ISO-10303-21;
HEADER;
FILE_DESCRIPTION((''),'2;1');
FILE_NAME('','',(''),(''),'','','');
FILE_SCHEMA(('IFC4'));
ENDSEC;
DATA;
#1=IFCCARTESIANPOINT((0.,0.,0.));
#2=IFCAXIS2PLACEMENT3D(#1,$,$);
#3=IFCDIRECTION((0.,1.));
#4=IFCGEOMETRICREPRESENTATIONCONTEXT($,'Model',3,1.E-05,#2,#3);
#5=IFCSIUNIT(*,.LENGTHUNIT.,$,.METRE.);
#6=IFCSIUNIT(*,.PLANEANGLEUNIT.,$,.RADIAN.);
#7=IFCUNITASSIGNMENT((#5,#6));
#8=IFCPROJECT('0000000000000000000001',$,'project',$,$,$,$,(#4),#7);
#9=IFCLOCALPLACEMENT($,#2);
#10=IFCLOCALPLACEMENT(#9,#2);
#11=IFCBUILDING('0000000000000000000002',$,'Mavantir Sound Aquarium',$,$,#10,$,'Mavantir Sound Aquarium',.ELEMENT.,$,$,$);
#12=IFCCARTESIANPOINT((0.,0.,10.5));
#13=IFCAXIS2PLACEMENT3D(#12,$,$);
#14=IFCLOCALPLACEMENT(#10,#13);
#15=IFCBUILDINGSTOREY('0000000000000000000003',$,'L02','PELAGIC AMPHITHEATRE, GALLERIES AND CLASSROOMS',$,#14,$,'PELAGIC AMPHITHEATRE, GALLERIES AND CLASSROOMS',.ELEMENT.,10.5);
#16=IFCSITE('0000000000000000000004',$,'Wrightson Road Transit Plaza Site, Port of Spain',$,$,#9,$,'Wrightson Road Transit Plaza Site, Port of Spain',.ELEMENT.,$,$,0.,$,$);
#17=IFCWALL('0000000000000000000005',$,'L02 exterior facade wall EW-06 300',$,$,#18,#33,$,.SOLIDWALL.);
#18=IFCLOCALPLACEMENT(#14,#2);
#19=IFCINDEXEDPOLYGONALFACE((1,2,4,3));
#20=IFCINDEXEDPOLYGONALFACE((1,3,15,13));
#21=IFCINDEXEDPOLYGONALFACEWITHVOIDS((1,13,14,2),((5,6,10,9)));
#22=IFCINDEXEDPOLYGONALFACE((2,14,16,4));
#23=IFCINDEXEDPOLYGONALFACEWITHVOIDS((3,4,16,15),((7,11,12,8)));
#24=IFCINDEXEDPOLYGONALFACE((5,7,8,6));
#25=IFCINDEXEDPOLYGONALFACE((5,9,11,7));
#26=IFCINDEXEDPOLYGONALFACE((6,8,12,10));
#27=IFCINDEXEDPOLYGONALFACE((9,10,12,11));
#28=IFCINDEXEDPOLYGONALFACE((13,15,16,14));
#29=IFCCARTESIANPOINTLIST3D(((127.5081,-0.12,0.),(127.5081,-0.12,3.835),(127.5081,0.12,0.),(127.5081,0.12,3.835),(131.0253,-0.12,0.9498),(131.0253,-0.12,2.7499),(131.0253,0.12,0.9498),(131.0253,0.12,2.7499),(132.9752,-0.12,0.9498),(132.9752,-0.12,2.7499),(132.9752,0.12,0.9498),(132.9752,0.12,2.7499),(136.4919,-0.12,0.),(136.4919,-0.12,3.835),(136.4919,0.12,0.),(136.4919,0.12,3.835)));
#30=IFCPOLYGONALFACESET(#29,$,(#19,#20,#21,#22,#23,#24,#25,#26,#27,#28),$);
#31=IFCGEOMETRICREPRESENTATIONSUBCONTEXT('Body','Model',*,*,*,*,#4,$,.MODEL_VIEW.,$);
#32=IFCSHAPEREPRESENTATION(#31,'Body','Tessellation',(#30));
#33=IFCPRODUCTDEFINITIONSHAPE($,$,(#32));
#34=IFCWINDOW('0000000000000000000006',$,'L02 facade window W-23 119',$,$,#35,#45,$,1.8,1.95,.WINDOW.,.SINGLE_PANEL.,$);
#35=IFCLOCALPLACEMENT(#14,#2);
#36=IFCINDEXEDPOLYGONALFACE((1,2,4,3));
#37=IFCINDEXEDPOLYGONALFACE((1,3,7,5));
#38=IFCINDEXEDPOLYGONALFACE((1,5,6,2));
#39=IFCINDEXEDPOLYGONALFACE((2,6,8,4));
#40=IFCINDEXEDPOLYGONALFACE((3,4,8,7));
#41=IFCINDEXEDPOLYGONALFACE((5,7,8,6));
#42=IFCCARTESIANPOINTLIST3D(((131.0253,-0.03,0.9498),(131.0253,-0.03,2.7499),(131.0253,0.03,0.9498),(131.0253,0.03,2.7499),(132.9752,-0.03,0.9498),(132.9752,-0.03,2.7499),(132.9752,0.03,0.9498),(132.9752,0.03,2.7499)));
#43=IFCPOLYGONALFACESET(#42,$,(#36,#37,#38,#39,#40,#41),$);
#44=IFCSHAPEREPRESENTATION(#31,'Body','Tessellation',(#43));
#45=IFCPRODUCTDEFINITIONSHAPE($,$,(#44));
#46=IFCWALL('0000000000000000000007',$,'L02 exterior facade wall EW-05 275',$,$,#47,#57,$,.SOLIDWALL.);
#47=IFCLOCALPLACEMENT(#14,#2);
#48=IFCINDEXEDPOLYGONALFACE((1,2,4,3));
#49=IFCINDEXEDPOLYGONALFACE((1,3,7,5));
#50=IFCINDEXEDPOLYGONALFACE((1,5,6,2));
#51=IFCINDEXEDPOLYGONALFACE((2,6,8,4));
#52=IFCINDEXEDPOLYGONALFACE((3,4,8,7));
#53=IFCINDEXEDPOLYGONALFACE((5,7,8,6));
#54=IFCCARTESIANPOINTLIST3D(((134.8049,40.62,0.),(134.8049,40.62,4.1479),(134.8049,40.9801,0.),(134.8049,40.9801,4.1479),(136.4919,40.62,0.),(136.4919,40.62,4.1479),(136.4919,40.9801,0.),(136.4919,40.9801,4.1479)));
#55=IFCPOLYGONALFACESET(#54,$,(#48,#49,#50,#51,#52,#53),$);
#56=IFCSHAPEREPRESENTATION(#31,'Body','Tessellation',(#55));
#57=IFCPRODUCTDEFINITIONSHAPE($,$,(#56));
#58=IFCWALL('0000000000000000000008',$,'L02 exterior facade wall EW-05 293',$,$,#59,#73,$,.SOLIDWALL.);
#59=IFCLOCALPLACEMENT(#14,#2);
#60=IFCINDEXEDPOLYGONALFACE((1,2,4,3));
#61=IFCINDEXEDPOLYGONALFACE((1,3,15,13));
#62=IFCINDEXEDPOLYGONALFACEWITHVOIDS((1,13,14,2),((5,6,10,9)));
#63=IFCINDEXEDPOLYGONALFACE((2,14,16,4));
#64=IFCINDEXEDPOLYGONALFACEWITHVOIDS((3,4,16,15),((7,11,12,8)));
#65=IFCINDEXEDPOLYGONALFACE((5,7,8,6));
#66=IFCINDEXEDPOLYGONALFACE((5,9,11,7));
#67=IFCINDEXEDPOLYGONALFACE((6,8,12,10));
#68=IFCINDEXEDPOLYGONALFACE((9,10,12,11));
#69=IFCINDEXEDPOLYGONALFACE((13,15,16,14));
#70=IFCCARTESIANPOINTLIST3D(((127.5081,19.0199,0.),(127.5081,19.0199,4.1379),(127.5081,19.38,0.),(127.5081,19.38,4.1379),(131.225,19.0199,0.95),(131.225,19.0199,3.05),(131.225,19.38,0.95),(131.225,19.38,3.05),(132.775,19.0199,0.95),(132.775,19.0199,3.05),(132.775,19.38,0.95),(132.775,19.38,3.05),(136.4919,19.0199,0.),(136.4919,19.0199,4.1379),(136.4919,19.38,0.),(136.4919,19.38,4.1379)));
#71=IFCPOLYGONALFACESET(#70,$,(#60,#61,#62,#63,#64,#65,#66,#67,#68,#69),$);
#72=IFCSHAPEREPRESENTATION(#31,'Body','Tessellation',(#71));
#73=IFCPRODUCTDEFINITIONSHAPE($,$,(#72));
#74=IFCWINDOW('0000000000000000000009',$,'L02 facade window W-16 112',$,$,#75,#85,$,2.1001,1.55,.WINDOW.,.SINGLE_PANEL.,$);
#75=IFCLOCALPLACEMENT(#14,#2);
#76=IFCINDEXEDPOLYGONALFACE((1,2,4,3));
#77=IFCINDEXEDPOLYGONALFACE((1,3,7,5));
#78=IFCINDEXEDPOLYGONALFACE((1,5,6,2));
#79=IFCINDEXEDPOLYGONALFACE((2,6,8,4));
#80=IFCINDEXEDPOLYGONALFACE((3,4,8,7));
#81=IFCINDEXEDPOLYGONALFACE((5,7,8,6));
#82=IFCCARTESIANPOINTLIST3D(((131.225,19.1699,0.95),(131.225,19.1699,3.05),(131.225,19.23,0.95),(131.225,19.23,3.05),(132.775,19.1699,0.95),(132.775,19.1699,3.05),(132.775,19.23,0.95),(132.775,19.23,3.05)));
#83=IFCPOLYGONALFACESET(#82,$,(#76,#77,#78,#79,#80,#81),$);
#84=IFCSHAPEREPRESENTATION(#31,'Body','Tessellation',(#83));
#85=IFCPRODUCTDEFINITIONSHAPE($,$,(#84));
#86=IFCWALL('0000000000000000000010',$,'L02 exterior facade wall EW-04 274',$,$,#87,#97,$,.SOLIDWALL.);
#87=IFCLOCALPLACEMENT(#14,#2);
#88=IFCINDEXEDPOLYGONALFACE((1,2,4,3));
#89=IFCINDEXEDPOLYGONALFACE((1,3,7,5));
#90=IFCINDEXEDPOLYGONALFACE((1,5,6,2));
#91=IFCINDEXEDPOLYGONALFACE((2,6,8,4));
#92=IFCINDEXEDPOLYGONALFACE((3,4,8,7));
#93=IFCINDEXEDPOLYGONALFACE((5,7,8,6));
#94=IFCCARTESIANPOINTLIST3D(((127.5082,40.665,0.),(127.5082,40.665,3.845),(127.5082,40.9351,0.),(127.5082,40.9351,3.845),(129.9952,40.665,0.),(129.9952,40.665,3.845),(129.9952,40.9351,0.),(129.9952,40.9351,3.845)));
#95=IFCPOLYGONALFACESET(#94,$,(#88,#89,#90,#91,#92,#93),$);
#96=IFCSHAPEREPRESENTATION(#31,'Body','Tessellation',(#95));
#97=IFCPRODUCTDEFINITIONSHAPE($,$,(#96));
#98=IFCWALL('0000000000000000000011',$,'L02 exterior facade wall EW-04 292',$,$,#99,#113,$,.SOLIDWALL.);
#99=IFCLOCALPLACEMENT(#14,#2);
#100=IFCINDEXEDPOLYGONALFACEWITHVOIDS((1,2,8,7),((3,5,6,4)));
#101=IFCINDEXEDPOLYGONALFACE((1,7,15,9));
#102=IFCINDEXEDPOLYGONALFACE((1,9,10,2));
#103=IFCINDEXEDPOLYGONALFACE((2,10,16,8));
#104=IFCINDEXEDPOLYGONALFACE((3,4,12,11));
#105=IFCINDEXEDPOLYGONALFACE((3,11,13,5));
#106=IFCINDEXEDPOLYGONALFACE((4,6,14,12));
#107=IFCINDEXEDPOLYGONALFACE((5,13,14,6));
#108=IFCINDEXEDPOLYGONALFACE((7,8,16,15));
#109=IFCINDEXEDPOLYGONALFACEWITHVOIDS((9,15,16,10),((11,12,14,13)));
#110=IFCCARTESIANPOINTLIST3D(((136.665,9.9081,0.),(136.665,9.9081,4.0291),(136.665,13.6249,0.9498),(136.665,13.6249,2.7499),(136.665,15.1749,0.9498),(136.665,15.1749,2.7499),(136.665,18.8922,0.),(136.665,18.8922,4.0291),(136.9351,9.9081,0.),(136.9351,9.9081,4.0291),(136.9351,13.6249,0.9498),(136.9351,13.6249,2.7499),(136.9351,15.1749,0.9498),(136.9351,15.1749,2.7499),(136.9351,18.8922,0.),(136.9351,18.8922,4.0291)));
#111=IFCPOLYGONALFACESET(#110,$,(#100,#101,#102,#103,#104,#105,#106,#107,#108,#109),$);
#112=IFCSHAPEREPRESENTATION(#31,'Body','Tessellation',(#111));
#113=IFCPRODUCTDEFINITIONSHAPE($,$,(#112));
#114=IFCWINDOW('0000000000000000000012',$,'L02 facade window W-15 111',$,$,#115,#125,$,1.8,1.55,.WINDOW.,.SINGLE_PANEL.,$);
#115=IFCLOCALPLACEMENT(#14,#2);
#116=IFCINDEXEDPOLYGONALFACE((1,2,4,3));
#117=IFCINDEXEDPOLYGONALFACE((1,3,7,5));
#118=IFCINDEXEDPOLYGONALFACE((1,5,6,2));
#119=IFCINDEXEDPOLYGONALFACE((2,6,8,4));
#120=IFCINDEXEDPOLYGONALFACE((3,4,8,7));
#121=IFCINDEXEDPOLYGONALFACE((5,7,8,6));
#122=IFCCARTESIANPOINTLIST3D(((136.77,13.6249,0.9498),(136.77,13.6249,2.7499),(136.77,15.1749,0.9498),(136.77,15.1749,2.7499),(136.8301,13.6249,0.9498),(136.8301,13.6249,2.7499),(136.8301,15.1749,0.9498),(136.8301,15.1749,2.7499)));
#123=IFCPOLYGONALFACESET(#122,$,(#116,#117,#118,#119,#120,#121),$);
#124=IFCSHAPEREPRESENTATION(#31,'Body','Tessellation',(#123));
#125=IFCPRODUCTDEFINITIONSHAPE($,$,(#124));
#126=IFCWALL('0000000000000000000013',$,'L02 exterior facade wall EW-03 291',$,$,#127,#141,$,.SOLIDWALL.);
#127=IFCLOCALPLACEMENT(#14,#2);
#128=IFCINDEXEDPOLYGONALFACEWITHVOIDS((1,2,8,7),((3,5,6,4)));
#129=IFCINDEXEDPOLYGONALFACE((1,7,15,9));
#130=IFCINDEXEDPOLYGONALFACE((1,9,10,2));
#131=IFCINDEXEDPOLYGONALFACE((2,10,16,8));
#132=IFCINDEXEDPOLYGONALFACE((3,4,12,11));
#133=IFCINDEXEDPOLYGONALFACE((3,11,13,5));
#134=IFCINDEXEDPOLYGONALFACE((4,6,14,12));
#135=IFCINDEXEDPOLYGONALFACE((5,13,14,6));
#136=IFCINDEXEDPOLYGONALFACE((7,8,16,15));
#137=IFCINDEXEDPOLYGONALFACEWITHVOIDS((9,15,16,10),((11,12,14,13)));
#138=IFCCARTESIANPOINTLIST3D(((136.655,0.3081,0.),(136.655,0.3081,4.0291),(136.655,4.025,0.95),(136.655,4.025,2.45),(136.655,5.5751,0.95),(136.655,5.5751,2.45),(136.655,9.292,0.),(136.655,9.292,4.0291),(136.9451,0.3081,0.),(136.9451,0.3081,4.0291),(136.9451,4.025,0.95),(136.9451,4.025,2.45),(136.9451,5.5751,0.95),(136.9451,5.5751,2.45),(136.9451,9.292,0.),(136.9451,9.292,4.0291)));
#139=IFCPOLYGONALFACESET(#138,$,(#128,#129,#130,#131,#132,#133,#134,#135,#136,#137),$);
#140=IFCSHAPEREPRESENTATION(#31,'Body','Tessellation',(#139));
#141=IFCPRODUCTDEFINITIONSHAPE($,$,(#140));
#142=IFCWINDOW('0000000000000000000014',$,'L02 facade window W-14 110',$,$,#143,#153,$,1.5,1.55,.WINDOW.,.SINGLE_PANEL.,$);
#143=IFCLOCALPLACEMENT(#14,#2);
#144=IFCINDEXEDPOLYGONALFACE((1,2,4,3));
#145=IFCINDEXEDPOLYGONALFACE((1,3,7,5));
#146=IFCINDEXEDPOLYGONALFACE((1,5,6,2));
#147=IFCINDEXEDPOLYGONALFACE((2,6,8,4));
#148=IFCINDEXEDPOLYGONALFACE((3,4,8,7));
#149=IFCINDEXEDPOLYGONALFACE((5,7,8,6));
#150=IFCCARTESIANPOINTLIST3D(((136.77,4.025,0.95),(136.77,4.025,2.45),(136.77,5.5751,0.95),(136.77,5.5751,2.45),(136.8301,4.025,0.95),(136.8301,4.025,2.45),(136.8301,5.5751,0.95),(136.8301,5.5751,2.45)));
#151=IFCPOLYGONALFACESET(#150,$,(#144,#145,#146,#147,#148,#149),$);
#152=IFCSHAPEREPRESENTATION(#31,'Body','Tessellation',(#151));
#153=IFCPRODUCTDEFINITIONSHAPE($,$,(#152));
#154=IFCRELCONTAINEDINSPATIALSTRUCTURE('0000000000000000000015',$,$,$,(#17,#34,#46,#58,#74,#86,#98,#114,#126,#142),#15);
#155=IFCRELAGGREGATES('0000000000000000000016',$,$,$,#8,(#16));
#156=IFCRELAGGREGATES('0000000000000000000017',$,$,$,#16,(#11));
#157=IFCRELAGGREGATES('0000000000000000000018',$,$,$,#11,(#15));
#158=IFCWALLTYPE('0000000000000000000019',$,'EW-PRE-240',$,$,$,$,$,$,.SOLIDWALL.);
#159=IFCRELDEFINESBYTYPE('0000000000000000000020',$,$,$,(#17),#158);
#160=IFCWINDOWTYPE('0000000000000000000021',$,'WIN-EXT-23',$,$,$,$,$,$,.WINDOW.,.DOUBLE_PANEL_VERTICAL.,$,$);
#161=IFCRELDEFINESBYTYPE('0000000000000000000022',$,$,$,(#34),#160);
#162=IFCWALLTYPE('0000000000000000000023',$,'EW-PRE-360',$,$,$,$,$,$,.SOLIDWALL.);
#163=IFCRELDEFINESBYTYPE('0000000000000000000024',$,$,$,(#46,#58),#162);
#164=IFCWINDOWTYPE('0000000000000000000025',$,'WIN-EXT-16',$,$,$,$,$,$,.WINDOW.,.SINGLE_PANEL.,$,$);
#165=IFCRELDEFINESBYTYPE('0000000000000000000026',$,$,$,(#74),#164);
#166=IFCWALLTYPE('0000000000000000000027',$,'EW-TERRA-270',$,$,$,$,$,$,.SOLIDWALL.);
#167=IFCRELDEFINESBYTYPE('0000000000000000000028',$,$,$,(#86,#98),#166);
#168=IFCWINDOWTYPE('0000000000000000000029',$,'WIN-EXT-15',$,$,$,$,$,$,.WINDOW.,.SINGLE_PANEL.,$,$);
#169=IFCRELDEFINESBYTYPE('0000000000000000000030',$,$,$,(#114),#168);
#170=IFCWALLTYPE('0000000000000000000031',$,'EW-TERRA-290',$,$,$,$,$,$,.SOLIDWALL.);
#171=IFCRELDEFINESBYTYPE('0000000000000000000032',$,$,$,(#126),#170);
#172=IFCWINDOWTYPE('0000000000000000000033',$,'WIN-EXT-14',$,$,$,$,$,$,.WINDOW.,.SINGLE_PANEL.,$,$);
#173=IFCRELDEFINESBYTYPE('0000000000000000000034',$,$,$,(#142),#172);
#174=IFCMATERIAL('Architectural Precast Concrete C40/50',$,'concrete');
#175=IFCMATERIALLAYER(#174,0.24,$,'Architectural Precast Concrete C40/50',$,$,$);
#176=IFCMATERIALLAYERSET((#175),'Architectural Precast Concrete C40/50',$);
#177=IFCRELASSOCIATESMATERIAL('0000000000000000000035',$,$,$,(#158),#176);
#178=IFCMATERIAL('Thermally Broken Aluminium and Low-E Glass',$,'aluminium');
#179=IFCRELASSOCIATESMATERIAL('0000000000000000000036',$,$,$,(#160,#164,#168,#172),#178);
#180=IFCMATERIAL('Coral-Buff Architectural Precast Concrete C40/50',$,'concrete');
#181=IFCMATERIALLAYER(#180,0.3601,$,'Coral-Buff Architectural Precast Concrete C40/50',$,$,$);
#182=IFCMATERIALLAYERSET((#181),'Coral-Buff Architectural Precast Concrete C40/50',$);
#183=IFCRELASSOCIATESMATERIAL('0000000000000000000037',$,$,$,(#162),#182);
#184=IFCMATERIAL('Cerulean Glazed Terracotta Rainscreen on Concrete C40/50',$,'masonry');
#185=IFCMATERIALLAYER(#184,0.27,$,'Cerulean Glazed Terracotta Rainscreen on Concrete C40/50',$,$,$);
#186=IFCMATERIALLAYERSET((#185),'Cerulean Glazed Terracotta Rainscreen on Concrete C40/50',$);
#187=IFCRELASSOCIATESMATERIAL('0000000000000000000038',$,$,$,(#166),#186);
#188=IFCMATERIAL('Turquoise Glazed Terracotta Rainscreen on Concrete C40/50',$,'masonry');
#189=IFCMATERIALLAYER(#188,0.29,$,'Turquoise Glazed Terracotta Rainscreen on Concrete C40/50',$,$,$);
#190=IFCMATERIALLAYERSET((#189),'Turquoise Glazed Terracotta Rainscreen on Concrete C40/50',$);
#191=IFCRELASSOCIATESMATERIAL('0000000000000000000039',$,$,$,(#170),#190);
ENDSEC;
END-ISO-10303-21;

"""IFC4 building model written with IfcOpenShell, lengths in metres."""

from ifc_helpers import new_model, si_unit, direction, frame, frame_2d, origin, place, context, subcontext, project, spatial, rectangle, extrude, material, layer, layer_set, type_object, element, fill, save


model = new_model("IFC4")

# Units and contexts
model_context = context("Model", 3, precision=1e-05, world=origin(), true_north=direction((0.0, 1.0)))
body_context = subcontext(model_context, "Body", "Model", "MODEL_VIEW")
ifc_project = project(units=[si_unit("LENGTHUNIT", "METRE"), si_unit("PLANEANGLEUNIT", "RADIAN")], contexts=[model_context])

# Site, building, storey
site_placement = place(None, origin())
site = spatial("IfcSite", under=ifc_project, at=site_placement, Name="Wrightson Road Transit Plaza Site, Port of Spain", LongName="Wrightson Road Transit Plaza Site, Port of Spain", CompositionType="ELEMENT", RefElevation=0.0)
building_placement = place(site_placement, origin())
building = spatial("IfcBuilding", under=site, at=building_placement, Name="Mavantir Sound Aquarium", LongName="Mavantir Sound Aquarium", CompositionType="ELEMENT")
storey_placement = place(building_placement, frame((0.0, 0.0, 10.5)))
storey = spatial("IfcBuildingStorey", under=building, at=storey_placement, Name="L02", Description="PELAGIC AMPHITHEATRE, GALLERIES AND CLASSROOMS", LongName="PELAGIC AMPHITHEATRE, GALLERIES AND CLASSROOMS", CompositionType="ELEMENT", Elevation=10.5)

# Shared definitions
ifc_material_1 = material(Name="Coral-Buff Architectural Precast Concrete C40/50", Category="concrete")

# Wall, opening, window
ifc_material_2 = material(Name="Architectural Precast Concrete C40/50", Category="concrete")
ifc_layer_1 = layer(ifc_material_2, 0.24, Name="Architectural Precast Concrete C40/50")
ifc_layer_set_1 = layer_set([ifc_layer_1], Name="Architectural Precast Concrete C40/50")
wall_type_1 = type_object("IfcWallType", Name="EW-PRE-240", PredefinedType="SOLIDWALL", material=ifc_layer_set_1)
wall_1_placement = place(storey_placement, frame((127.5081, 0.0, 0.0), z_axis=(0.0, 0.0, 1.0), x_axis=(1.0, 0.0, 0.0)))
wall_1 = element("IfcWall", 1, at=wall_1_placement, inside=storey, type_object=wall_type_1, Name="L02 exterior facade wall EW-06 300", PredefinedType="SOLIDWALL", context=body_context, shape_type="SweptSolid", body=[
    extrude(rectangle(XDim=8.9839, YDim=0.24, at=frame_2d((4.4919, 0.0))), origin(), (0.0, 0.0, 1.0), 3.835),
])
opening_1_placement = place(wall_1_placement, frame((3.5171, 0.0, 0.95)))
opening_1 = element("IfcOpeningElement", 2, at=opening_1_placement, cuts=wall_1, PredefinedType="OPENING", context=body_context, shape_type="SweptSolid", body=[
    extrude(rectangle(XDim=1.95, YDim=1.8, at=frame_2d((0.9751, 0.8999))), frame((0.0, 0.1299, 0.0), z_axis=(0.0, -1.0, 0.0), x_axis=(1.0, 0.0, 0.0)), (0.0, 0.0, 1.0), 0.26),
])
ifc_material_3 = material(Name="Thermally Broken Aluminium and Low-E Glass", Category="aluminium")
window_type_1 = type_object("IfcWindowType", Name="WIN-EXT-23", PartitioningType="DOUBLE_PANEL_VERTICAL", PredefinedType="WINDOW", material=ifc_material_3)
window_1_placement = place(opening_1_placement, origin())
window_1 = element("IfcWindow", 3, at=window_1_placement, inside=storey, type_object=window_type_1, Name="L02 facade window W-23 119", OverallHeight=1.8, OverallWidth=1.95, PartitioningType="SINGLE_PANEL", PredefinedType="WINDOW", context=body_context, shape_type="SweptSolid", body=[
    extrude(rectangle(XDim=1.95, YDim=1.8, at=frame_2d((0.9751, 0.8999))), frame((0.0, 0.03, 0.0), z_axis=(0.0, -1.0, 0.0), x_axis=(1.0, 0.0, 0.0)), (0.0, 0.0, 1.0), 0.0601),
])
fill(opening_1, window_1)

# Wall
ifc_layer_2 = layer(ifc_material_1, 0.3601, Name="Coral-Buff Architectural Precast Concrete C40/50")
ifc_layer_set_2 = layer_set([ifc_layer_2], Name="Coral-Buff Architectural Precast Concrete C40/50")
wall_type_2 = type_object("IfcWallType", Name="EW-PRE-360", PredefinedType="SOLIDWALL", material=ifc_layer_set_2)
wall_2_placement = place(storey_placement, frame((134.8049, 40.8, 0.0), z_axis=(0.0, 0.0, 1.0), x_axis=(1.0, 0.0, 0.0)))
element("IfcWall", 4, at=wall_2_placement, inside=storey, type_object=wall_type_2, Name="L02 exterior facade wall EW-05 275", PredefinedType="SOLIDWALL", context=body_context, shape_type="SweptSolid", body=[
    extrude(rectangle(XDim=1.687, YDim=0.3601, at=frame_2d((0.8435, 0.0))), origin(), (0.0, 0.0, 1.0), 4.1479),
])

# Wall, opening, window
wall_3_placement = place(storey_placement, frame((136.4919, 19.2, 0.0), z_axis=(0.0, 0.0, 1.0), x_axis=(-1.0, 0.0, 0.0)))
wall_3 = element("IfcWall", 5, at=wall_3_placement, inside=storey, type_object=wall_type_2, Name="L02 exterior facade wall EW-05 293", PredefinedType="SOLIDWALL", context=body_context, shape_type="SweptSolid", body=[
    extrude(rectangle(XDim=8.9839, YDim=0.3601, at=frame_2d((4.4919, 0.0))), origin(), (0.0, 0.0, 1.0), 4.1379),
])
opening_2_placement = place(wall_3_placement, frame((3.717, 0.0, 0.95)))
opening_2 = element("IfcOpeningElement", 6, at=opening_2_placement, cuts=wall_3, PredefinedType="OPENING", context=body_context, shape_type="SweptSolid", body=[
    extrude(rectangle(XDim=1.55, YDim=2.1001, at=frame_2d((0.7749, 1.05))), frame((0.0, 0.1899, 0.0), z_axis=(0.0, -1.0, 0.0), x_axis=(1.0, 0.0, 0.0)), (0.0, 0.0, 1.0), 0.3801),
])
window_type_2 = type_object("IfcWindowType", Name="WIN-EXT-16", PartitioningType="SINGLE_PANEL", PredefinedType="WINDOW", material=ifc_material_3)
window_2_placement = place(opening_2_placement, origin())
window_2 = element("IfcWindow", 7, at=window_2_placement, inside=storey, type_object=window_type_2, Name="L02 facade window W-16 112", OverallHeight=2.1001, OverallWidth=1.55, PartitioningType="SINGLE_PANEL", PredefinedType="WINDOW", context=body_context, shape_type="SweptSolid", body=[
    extrude(rectangle(XDim=1.55, YDim=2.1001, at=frame_2d((0.7749, 1.05))), frame((0.0, 0.03, 0.0), z_axis=(0.0, -1.0, 0.0), x_axis=(1.0, 0.0, 0.0)), (0.0, 0.0, 1.0), 0.0601),
])
fill(opening_2, window_2)

# Wall
ifc_material_4 = material(Name="Cerulean Glazed Terracotta Rainscreen on Concrete C40/50", Category="masonry")
ifc_layer_3 = layer(ifc_material_4, 0.27, Name="Cerulean Glazed Terracotta Rainscreen on Concrete C40/50")
ifc_layer_set_3 = layer_set([ifc_layer_3], Name="Cerulean Glazed Terracotta Rainscreen on Concrete C40/50")
wall_type_3 = type_object("IfcWallType", Name="EW-TERRA-270", PredefinedType="SOLIDWALL", material=ifc_layer_set_3)
wall_4_placement = place(storey_placement, frame((127.5081, 40.8, 0.0), z_axis=(0.0, 0.0, 1.0), x_axis=(1.0, 0.0, 0.0)))
element("IfcWall", 8, at=wall_4_placement, inside=storey, type_object=wall_type_3, Name="L02 exterior facade wall EW-04 274", PredefinedType="SOLIDWALL", context=body_context, shape_type="SweptSolid", body=[
    extrude(rectangle(XDim=2.4871, YDim=0.27, at=frame_2d((1.2437, 0.0))), origin(), (0.0, 0.0, 1.0), 3.845),
])

# Walls, openings, windows
wall_5_placement = place(storey_placement, frame((136.8, 9.908, 0.0), z_axis=(0.0, 0.0, 1.0), x_axis=(0.0, 1.0, 0.0)))
wall_5 = element("IfcWall", 9, at=wall_5_placement, inside=storey, type_object=wall_type_3, Name="L02 exterior facade wall EW-04 292", PredefinedType="SOLIDWALL", context=body_context, shape_type="SweptSolid", body=[
    extrude(rectangle(XDim=8.9841, YDim=0.27, at=frame_2d((4.4922, 0.0))), origin(), (0.0, 0.0, 1.0), 4.0291),
])
opening_3_placement = place(wall_5_placement, frame((3.717, 0.0, 0.95)))
opening_3 = element("IfcOpeningElement", 10, at=opening_3_placement, cuts=wall_5, PredefinedType="OPENING", context=body_context, shape_type="SweptSolid", body=[
    extrude(rectangle(XDim=1.55, YDim=1.8, at=frame_2d((0.7749, 0.8999))), frame((0.0, 0.145, 0.0), z_axis=(0.0, -1.0, 0.0), x_axis=(1.0, 0.0, 0.0)), (0.0, 0.0, 1.0), 0.29),
])
window_type_3 = type_object("IfcWindowType", Name="WIN-EXT-15", PartitioningType="SINGLE_PANEL", PredefinedType="WINDOW", material=ifc_material_3)
window_3_placement = place(opening_3_placement, origin())
window_3 = element("IfcWindow", 11, at=window_3_placement, inside=storey, type_object=window_type_3, Name="L02 facade window W-15 111", OverallHeight=1.8, OverallWidth=1.55, PartitioningType="SINGLE_PANEL", PredefinedType="WINDOW", context=body_context, shape_type="SweptSolid", body=[
    extrude(rectangle(XDim=1.55, YDim=1.8, at=frame_2d((0.7749, 0.8999))), frame((0.0, 0.03, 0.0), z_axis=(0.0, -1.0, 0.0), x_axis=(1.0, 0.0, 0.0)), (0.0, 0.0, 1.0), 0.0601),
])
fill(opening_3, window_3)
ifc_material_5 = material(Name="Turquoise Glazed Terracotta Rainscreen on Concrete C40/50", Category="masonry")
ifc_layer_4 = layer(ifc_material_5, 0.29, Name="Turquoise Glazed Terracotta Rainscreen on Concrete C40/50")
ifc_layer_set_4 = layer_set([ifc_layer_4], Name="Turquoise Glazed Terracotta Rainscreen on Concrete C40/50")
wall_type_4 = type_object("IfcWallType", Name="EW-TERRA-290", PredefinedType="SOLIDWALL", material=ifc_layer_set_4)
wall_6_placement = place(storey_placement, frame((136.8, 0.3081, 0.0), z_axis=(0.0, 0.0, 1.0), x_axis=(0.0, 1.0, 0.0)))
wall_6 = element("IfcWall", 12, at=wall_6_placement, inside=storey, type_object=wall_type_4, Name="L02 exterior facade wall EW-03 291", PredefinedType="SOLIDWALL", context=body_context, shape_type="SweptSolid", body=[
    extrude(rectangle(XDim=8.9839, YDim=0.29, at=frame_2d((4.4919, 0.0))), origin(), (0.0, 0.0, 1.0), 4.0291),
])
opening_4_placement = place(wall_6_placement, frame((3.717, 0.0, 0.95)))
opening_4 = element("IfcOpeningElement", 13, at=opening_4_placement, cuts=wall_6, PredefinedType="OPENING", context=body_context, shape_type="SweptSolid", body=[
    extrude(rectangle(XDim=1.55, YDim=1.5, at=frame_2d((0.7749, 0.75))), frame((0.0, 0.155, 0.0), z_axis=(0.0, -1.0, 0.0), x_axis=(1.0, 0.0, 0.0)), (0.0, 0.0, 1.0), 0.3101),
])
window_type_4 = type_object("IfcWindowType", Name="WIN-EXT-14", PartitioningType="SINGLE_PANEL", PredefinedType="WINDOW", material=ifc_material_3)
window_4_placement = place(opening_4_placement, origin())
window_4 = element("IfcWindow", 14, at=window_4_placement, inside=storey, type_object=window_type_4, Name="L02 facade window W-14 110", OverallHeight=1.5, OverallWidth=1.55, PartitioningType="SINGLE_PANEL", PredefinedType="WINDOW", context=body_context, shape_type="SweptSolid", body=[
    extrude(rectangle(XDim=1.55, YDim=1.5, at=frame_2d((0.7749, 0.75))), frame((0.0, 0.03, 0.0), z_axis=(0.0, -1.0, 0.0), x_axis=(1.0, 0.0, 0.0)), (0.0, 0.0, 1.0), 0.0601),
])
fill(opening_4, window_4)

save(model, "model.ifc")
